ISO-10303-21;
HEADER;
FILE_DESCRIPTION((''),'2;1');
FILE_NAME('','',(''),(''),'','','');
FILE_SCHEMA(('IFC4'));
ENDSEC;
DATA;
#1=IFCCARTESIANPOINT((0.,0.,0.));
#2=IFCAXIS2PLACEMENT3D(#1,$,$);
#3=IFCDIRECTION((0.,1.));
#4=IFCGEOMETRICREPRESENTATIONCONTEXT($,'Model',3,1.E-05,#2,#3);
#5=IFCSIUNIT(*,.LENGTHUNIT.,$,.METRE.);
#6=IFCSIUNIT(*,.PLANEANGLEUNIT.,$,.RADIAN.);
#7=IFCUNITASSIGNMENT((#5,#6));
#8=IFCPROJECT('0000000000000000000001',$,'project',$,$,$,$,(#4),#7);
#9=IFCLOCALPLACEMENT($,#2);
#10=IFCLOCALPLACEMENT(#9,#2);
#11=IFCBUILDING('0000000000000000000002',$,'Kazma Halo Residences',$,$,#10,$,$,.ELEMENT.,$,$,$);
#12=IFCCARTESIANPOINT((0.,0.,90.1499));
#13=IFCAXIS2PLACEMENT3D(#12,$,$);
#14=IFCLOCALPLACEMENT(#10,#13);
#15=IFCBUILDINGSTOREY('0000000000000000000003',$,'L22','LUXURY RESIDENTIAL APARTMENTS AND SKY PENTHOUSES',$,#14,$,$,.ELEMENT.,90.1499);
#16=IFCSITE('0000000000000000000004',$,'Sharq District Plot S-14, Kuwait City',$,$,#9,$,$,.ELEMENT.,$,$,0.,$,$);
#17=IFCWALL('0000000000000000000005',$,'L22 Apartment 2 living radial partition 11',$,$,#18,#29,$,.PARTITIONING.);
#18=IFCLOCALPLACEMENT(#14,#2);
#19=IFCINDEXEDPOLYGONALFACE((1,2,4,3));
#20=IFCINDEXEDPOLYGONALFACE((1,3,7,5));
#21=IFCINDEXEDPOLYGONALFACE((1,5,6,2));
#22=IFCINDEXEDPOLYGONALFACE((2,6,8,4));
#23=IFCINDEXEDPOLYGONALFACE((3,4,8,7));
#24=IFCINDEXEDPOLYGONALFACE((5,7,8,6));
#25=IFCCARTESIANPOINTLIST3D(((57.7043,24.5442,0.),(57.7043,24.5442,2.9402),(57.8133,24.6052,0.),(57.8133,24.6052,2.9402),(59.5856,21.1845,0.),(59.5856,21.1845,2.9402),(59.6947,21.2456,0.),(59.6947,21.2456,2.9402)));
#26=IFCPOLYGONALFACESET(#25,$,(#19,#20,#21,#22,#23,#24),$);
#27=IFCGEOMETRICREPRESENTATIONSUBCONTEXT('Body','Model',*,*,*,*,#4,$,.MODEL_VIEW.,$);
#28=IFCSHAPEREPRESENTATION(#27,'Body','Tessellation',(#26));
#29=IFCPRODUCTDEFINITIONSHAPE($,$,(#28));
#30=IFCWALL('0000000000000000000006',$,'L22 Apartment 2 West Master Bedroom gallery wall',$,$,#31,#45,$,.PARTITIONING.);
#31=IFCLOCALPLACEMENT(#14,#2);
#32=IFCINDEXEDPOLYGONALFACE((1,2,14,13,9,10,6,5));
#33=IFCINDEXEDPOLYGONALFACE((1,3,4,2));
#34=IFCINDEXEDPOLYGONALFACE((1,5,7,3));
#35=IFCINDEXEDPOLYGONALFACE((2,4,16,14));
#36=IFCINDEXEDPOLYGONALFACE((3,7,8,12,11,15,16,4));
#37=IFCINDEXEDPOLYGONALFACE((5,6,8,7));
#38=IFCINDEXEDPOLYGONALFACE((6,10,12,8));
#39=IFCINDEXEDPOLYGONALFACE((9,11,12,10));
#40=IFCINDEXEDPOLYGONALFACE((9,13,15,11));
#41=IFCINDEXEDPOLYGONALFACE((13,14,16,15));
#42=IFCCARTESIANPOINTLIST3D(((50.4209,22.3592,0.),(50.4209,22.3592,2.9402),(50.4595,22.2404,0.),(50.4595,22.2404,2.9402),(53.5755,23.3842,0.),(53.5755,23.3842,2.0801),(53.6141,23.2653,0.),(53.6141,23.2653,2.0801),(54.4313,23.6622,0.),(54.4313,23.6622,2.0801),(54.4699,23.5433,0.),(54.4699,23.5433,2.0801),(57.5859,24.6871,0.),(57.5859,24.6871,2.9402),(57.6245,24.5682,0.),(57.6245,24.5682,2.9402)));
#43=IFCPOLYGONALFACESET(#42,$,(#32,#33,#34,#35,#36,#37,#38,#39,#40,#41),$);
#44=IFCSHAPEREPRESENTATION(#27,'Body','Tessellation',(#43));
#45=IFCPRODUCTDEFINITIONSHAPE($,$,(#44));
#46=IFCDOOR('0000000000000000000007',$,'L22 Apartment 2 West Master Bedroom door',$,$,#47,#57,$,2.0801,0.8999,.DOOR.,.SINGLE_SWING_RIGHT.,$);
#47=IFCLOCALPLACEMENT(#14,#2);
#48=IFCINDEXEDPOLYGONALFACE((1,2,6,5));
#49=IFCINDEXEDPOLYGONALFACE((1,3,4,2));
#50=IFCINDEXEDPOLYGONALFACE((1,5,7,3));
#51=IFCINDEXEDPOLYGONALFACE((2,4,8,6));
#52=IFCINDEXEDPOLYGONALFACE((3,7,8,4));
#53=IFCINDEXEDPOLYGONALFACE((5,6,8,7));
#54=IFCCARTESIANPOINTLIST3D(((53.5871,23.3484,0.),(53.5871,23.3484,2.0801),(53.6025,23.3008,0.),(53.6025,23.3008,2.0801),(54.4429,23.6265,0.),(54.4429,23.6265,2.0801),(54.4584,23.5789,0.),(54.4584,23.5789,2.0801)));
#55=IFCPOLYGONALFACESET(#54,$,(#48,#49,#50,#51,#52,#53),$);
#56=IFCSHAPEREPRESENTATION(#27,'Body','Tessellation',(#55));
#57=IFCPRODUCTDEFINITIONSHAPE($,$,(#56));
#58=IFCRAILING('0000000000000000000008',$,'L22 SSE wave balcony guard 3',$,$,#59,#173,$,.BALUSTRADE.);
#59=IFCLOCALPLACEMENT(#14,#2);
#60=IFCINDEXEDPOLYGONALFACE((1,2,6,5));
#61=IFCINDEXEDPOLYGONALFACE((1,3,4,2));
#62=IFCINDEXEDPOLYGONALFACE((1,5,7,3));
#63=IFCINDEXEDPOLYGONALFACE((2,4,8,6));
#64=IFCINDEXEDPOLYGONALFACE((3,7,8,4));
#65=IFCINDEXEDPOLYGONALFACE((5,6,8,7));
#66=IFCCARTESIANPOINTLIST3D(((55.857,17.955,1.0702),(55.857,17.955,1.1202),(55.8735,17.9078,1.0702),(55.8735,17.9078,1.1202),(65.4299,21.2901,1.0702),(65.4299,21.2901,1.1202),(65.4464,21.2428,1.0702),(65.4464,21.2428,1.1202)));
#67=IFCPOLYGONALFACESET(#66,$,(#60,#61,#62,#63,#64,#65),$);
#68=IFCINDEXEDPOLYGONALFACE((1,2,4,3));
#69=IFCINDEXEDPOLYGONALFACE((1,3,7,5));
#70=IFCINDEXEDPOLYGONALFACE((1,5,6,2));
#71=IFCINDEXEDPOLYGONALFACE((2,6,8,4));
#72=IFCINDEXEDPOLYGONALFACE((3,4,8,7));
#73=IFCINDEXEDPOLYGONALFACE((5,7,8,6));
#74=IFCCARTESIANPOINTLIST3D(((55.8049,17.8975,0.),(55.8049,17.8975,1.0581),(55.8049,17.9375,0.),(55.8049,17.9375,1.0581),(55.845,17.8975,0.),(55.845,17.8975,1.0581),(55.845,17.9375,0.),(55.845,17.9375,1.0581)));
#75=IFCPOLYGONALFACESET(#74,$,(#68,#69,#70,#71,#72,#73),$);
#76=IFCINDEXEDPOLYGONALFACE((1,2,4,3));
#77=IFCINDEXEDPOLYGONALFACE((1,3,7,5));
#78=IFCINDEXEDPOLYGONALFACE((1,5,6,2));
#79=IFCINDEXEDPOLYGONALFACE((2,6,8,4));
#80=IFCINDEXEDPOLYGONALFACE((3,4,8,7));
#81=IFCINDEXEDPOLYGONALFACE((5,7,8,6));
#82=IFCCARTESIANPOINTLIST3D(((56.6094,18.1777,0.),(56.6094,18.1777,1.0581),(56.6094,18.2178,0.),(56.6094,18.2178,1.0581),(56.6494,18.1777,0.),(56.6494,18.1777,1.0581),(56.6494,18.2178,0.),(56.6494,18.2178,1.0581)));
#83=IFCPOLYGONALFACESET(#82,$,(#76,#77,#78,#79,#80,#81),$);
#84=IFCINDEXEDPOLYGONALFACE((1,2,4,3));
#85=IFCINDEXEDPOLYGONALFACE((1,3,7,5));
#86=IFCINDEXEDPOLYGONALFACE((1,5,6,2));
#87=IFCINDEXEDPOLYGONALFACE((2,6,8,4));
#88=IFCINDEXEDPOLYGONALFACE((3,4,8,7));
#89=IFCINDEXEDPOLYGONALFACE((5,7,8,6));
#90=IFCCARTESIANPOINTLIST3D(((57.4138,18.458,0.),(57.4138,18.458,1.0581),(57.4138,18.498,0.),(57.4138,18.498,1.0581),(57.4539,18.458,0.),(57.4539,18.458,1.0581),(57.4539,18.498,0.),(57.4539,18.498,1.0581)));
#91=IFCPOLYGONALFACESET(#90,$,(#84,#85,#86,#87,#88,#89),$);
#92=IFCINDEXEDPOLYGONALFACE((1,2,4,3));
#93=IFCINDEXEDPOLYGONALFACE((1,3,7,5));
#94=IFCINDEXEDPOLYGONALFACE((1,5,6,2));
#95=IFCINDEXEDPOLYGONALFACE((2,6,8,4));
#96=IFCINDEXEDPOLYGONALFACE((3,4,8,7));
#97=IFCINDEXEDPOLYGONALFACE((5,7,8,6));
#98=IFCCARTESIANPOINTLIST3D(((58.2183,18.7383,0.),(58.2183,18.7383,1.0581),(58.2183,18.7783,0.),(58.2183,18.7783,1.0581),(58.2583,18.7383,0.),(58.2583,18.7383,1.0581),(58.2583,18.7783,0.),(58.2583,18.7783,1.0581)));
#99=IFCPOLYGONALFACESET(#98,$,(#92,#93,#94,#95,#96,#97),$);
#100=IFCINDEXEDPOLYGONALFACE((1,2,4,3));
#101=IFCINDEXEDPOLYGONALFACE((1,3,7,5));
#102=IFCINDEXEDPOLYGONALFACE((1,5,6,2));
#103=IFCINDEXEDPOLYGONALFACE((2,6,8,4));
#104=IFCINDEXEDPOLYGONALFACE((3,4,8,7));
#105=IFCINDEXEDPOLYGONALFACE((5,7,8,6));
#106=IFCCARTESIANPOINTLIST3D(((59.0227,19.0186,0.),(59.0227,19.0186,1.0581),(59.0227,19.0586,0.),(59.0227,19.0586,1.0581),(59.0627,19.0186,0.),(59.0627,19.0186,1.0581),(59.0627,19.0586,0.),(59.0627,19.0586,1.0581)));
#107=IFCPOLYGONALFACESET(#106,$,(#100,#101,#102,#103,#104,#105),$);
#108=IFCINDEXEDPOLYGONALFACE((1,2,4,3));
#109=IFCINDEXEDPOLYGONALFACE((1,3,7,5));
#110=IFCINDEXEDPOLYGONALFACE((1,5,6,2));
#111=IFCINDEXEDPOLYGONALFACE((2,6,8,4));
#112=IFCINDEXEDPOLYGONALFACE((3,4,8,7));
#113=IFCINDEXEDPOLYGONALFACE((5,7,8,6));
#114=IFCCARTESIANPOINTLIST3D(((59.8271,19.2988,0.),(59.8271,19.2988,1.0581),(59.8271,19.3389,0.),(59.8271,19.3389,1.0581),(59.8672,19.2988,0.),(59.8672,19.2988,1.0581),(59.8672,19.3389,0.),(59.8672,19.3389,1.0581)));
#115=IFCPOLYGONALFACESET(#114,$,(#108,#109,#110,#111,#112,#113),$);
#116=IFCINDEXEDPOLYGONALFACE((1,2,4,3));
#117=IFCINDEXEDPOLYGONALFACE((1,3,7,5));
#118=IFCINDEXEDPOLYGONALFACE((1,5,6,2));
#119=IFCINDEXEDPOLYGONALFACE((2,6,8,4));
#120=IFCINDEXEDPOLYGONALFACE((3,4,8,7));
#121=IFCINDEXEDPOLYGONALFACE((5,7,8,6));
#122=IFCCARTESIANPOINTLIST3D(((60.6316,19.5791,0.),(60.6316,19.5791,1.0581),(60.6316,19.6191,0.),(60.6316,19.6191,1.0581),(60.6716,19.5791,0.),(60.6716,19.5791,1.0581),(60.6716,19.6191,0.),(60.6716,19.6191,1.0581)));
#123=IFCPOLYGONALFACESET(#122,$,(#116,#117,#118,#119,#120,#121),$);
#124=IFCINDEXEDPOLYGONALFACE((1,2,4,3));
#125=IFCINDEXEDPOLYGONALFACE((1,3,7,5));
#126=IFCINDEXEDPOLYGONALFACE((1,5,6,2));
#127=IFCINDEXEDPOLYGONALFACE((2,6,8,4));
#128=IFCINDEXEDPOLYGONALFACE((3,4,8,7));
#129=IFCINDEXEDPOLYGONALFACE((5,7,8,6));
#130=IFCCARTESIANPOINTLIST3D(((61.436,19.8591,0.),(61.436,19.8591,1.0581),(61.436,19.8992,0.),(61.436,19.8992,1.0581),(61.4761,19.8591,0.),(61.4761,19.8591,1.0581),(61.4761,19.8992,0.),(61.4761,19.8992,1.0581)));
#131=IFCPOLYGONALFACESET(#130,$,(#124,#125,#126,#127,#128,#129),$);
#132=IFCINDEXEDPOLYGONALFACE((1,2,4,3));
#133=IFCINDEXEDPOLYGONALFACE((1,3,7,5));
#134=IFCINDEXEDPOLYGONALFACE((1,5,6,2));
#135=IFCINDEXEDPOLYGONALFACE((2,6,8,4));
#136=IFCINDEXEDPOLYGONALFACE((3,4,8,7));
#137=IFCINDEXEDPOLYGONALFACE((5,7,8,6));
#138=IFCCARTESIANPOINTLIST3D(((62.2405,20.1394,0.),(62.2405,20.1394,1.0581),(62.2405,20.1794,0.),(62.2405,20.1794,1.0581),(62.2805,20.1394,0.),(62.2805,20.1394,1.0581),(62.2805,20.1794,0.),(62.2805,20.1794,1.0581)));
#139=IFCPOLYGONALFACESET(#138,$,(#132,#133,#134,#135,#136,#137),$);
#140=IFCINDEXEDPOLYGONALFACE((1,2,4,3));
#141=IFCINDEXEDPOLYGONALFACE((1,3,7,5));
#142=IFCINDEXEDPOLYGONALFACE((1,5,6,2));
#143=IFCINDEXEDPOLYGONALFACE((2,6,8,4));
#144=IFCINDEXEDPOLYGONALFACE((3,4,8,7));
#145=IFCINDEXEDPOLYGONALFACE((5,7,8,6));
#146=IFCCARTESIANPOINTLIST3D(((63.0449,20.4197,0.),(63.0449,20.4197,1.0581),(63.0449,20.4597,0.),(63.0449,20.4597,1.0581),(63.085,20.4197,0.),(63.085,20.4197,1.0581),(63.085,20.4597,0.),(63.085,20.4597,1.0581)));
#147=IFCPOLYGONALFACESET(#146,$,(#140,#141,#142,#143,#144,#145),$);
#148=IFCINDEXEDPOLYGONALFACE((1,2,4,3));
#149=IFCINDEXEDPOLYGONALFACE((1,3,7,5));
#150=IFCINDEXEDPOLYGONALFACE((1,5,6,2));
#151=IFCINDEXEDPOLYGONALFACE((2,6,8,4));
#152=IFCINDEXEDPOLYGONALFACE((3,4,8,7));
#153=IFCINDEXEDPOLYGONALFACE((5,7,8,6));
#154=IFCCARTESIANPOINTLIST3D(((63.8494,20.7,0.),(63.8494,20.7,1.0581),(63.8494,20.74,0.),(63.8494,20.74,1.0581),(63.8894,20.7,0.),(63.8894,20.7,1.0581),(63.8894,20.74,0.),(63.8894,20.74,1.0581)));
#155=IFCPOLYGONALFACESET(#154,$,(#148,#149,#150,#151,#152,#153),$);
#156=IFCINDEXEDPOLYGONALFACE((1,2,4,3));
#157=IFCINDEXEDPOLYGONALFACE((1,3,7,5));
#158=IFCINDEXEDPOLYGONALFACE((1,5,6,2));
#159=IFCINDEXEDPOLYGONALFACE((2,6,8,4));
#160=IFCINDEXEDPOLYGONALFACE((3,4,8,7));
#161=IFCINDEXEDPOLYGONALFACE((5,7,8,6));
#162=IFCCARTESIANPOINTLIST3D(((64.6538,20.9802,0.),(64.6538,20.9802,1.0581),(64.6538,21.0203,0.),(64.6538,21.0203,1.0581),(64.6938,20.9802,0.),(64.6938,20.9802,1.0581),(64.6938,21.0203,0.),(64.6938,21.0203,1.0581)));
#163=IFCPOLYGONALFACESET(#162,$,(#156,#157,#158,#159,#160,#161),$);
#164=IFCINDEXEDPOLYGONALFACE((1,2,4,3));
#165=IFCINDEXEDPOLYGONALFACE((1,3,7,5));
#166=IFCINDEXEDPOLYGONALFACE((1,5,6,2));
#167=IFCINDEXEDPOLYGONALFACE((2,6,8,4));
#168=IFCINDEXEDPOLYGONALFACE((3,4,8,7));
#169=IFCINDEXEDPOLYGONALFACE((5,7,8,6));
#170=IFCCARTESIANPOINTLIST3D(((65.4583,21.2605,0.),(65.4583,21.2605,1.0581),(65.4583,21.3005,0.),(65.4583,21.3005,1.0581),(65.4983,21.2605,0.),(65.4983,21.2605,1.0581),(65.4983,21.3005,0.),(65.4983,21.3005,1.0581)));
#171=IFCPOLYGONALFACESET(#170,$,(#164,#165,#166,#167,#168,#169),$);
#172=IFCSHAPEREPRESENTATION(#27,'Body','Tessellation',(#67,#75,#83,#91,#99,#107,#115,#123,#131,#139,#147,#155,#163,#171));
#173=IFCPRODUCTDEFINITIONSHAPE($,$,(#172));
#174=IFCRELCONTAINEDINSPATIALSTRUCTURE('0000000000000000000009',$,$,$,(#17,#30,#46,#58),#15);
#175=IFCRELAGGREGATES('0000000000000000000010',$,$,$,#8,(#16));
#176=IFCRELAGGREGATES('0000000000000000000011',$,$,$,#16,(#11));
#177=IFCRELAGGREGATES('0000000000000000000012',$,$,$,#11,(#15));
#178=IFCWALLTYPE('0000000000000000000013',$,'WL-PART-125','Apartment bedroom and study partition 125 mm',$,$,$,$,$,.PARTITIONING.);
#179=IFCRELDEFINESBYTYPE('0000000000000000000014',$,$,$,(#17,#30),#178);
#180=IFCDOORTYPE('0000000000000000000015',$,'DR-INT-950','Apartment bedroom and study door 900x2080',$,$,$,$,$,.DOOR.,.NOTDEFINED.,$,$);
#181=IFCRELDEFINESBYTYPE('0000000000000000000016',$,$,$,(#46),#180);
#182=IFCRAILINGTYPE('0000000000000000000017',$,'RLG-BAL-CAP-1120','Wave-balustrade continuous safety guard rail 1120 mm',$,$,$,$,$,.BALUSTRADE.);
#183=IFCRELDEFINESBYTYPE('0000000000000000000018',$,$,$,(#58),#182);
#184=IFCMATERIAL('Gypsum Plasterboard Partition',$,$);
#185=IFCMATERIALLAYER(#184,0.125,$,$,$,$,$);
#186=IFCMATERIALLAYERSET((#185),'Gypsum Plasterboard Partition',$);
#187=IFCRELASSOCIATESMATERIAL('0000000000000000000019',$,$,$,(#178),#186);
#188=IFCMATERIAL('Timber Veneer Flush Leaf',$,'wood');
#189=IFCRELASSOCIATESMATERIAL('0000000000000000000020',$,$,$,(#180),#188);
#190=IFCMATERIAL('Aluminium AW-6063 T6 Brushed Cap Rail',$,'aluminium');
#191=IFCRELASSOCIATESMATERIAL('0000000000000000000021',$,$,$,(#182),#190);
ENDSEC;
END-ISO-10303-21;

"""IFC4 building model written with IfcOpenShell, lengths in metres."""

from ifc_helpers import new_model, si_unit, direction, frame, frame_2d, origin, origin_2d, place, context, subcontext, project, spatial, rectangle, extrude, material, layer, layer_set, type_object, element, fill, save


model = new_model("IFC4")

# Units and contexts
model_context = context("Model", 3, precision=1e-05, world=origin(), true_north=direction((0.0, 1.0)))
body_context = subcontext(model_context, "Body", "Model", "MODEL_VIEW")
ifc_project = project(units=[si_unit("LENGTHUNIT", "METRE"), si_unit("PLANEANGLEUNIT", "RADIAN")], contexts=[model_context])

# Site, building, storey
site_placement = place(None, origin())
site = spatial("IfcSite", under=ifc_project, at=site_placement, Name="Sharq District Plot S-14, Kuwait City", CompositionType="ELEMENT", RefElevation=0.0)
building_placement = place(site_placement, origin())
building = spatial("IfcBuilding", under=site, at=building_placement, Name="Kazma Halo Residences", CompositionType="ELEMENT")
storey_placement = place(building_placement, frame((0.0, 0.0, 90.1499)))
storey = spatial("IfcBuildingStorey", under=building, at=storey_placement, Name="L22", Description="LUXURY RESIDENTIAL APARTMENTS AND SKY PENTHOUSES", CompositionType="ELEMENT", Elevation=90.1499)

# Wall
ifc_material_1 = material(Name="Gypsum Plasterboard Partition")
ifc_layer_1 = layer(ifc_material_1, 0.125)
ifc_layer_set_1 = layer_set([ifc_layer_1], Name="Gypsum Plasterboard Partition")
wall_type_1 = type_object("IfcWallType", Name="WL-PART-125", Description="Apartment bedroom and study partition 125 mm", PredefinedType="PARTITIONING", material=ifc_layer_set_1)
wall_1_placement = place(storey_placement, frame((57.7588, 24.5747, 0.0), z_axis=(0.0, 0.0, 1.0), x_axis=(0.488596, -0.87251, 0.0)))
element("IfcWall", 1, at=wall_1_placement, inside=storey, type_object=wall_type_1, Name="L22 Apartment 2 living radial partition 11", PredefinedType="PARTITIONING", context=body_context, shape_type="SweptSolid", body=[
    extrude(rectangle(XDim=3.8506, YDim=0.125, at=frame_2d((1.9253, 0.0))), origin(), (0.0, 0.0, 1.0), 2.9402),
])

# Wall, opening, door
wall_2_placement = place(storey_placement, frame((50.4402, 22.2998, 0.0), z_axis=(0.0, 0.0, 1.0), x_axis=(0.951064, 0.308995, 0.0)))
wall_2 = element("IfcWall", 2, at=wall_2_placement, inside=storey, type_object=wall_type_1, Name="L22 Apartment 2 West Master Bedroom gallery wall", PredefinedType="PARTITIONING", context=body_context, shape_type="SweptSolid", body=[
    extrude(rectangle(XDim=7.5337, YDim=0.125, at=frame_2d((3.7668, 0.0))), origin(), (0.0, 0.0, 1.0), 2.9402),
])
opening_1_placement = place(wall_2_placement, frame((3.3169, 0.0, 0.0)))
opening_1 = element("IfcOpeningElement", 3, at=opening_1_placement, cuts=wall_2, PredefinedType="OPENING", context=body_context, shape_type="SweptSolid", body=[
    extrude(rectangle(XDim=0.8999, YDim=2.0801, at=frame_2d((0.45, 1.04))), frame((0.0, 0.0725, 0.0), z_axis=(0.0, -1.0, 0.0), x_axis=(1.0, 0.0, 0.0)), (0.0, 0.0, 1.0), 0.145),
])
ifc_material_2 = material(Name="Timber Veneer Flush Leaf", Category="wood")
door_type_1 = type_object("IfcDoorType", Name="DR-INT-950", Description="Apartment bedroom and study door 900x2080", OperationType="NOTDEFINED", PredefinedType="DOOR", material=ifc_material_2)
door_1_placement = place(opening_1_placement, origin())
door_1 = element("IfcDoor", 4, at=door_1_placement, inside=storey, type_object=door_type_1, Name="L22 Apartment 2 West Master Bedroom door", OperationType="SINGLE_SWING_RIGHT", OverallHeight=2.0801, OverallWidth=0.8999, PredefinedType="DOOR", context=body_context, shape_type="SweptSolid", body=[
    extrude(rectangle(XDim=0.8999, YDim=2.0801, at=frame_2d((0.45, 1.04))), frame((0.0, 0.0249, 0.0), z_axis=(0.0, -1.0, 0.0), x_axis=(1.0, 0.0, 0.0)), (0.0, 0.0, 1.0), 0.05),
])
fill(opening_1, door_1)

# Railing
ifc_material_3 = material(Name="Aluminium AW-6063 T6 Brushed Cap Rail", Category="aluminium")
railing_type = type_object("IfcRailingType", Name="RLG-BAL-CAP-1120", Description="Wave-balustrade continuous safety guard rail 1120 mm", PredefinedType="BALUSTRADE", material=ifc_material_3)
railing_placement = place(storey_placement, frame((55.825, 17.9175, 0.0)))
element("IfcRailing", 5, at=railing_placement, inside=storey, type_object=railing_type, Name="L22 SSE wave balcony guard 3", PredefinedType="BALUSTRADE", context=body_context, shape_type="SweptSolid", body=[
    extrude(rectangle(XDim=0.05, YDim=0.05, at=origin_2d()), frame((0.0403, 0.0139, 1.0952), z_axis=(0.944334, 0.328988, 0.0), x_axis=(-0.328988, 0.944334, 0.0)), (0.0, 0.0, 1.0), 10.1372),
    extrude(rectangle(XDim=0.04, YDim=0.04, at=origin_2d()), origin(), (0.0, 0.0, 1.0), 1.0581),
    extrude(rectangle(XDim=0.04, YDim=0.04, at=origin_2d()), frame((0.8044, 0.2803, 0.0)), (0.0, 0.0, 1.0), 1.0581),
    extrude(rectangle(XDim=0.04, YDim=0.04, at=origin_2d()), frame((1.6089, 0.5605, 0.0)), (0.0, 0.0, 1.0), 1.0581),
    extrude(rectangle(XDim=0.04, YDim=0.04, at=origin_2d()), frame((2.4133, 0.8408, 0.0)), (0.0, 0.0, 1.0), 1.0581),
    extrude(rectangle(XDim=0.04, YDim=0.04, at=origin_2d()), frame((3.2178, 1.1211, 0.0)), (0.0, 0.0, 1.0), 1.0581),
    extrude(rectangle(XDim=0.04, YDim=0.04, at=origin_2d()), frame((4.0222, 1.4014, 0.0)), (0.0, 0.0, 1.0), 1.0581),
    extrude(rectangle(XDim=0.04, YDim=0.04, at=origin_2d()), frame((4.8267, 1.6816, 0.0)), (0.0, 0.0, 1.0), 1.0581),
    extrude(rectangle(XDim=0.04, YDim=0.04, at=origin_2d()), frame((5.6311, 1.9617, 0.0)), (0.0, 0.0, 1.0), 1.0581),
    extrude(rectangle(XDim=0.04, YDim=0.04, at=origin_2d()), frame((6.4355, 2.2419, 0.0)), (0.0, 0.0, 1.0), 1.0581),
    extrude(rectangle(XDim=0.04, YDim=0.04, at=origin_2d()), frame((7.24, 2.5222, 0.0)), (0.0, 0.0, 1.0), 1.0581),
    extrude(rectangle(XDim=0.04, YDim=0.04, at=origin_2d()), frame((8.0444, 2.8025, 0.0)), (0.0, 0.0, 1.0), 1.0581),
    extrude(rectangle(XDim=0.04, YDim=0.04, at=origin_2d()), frame((8.8489, 3.0828, 0.0)), (0.0, 0.0, 1.0), 1.0581),
    extrude(rectangle(XDim=0.04, YDim=0.04, at=origin_2d()), frame((9.6533, 3.363, 0.0)), (0.0, 0.0, 1.0), 1.0581),
])

save(model, "model.ifc")
